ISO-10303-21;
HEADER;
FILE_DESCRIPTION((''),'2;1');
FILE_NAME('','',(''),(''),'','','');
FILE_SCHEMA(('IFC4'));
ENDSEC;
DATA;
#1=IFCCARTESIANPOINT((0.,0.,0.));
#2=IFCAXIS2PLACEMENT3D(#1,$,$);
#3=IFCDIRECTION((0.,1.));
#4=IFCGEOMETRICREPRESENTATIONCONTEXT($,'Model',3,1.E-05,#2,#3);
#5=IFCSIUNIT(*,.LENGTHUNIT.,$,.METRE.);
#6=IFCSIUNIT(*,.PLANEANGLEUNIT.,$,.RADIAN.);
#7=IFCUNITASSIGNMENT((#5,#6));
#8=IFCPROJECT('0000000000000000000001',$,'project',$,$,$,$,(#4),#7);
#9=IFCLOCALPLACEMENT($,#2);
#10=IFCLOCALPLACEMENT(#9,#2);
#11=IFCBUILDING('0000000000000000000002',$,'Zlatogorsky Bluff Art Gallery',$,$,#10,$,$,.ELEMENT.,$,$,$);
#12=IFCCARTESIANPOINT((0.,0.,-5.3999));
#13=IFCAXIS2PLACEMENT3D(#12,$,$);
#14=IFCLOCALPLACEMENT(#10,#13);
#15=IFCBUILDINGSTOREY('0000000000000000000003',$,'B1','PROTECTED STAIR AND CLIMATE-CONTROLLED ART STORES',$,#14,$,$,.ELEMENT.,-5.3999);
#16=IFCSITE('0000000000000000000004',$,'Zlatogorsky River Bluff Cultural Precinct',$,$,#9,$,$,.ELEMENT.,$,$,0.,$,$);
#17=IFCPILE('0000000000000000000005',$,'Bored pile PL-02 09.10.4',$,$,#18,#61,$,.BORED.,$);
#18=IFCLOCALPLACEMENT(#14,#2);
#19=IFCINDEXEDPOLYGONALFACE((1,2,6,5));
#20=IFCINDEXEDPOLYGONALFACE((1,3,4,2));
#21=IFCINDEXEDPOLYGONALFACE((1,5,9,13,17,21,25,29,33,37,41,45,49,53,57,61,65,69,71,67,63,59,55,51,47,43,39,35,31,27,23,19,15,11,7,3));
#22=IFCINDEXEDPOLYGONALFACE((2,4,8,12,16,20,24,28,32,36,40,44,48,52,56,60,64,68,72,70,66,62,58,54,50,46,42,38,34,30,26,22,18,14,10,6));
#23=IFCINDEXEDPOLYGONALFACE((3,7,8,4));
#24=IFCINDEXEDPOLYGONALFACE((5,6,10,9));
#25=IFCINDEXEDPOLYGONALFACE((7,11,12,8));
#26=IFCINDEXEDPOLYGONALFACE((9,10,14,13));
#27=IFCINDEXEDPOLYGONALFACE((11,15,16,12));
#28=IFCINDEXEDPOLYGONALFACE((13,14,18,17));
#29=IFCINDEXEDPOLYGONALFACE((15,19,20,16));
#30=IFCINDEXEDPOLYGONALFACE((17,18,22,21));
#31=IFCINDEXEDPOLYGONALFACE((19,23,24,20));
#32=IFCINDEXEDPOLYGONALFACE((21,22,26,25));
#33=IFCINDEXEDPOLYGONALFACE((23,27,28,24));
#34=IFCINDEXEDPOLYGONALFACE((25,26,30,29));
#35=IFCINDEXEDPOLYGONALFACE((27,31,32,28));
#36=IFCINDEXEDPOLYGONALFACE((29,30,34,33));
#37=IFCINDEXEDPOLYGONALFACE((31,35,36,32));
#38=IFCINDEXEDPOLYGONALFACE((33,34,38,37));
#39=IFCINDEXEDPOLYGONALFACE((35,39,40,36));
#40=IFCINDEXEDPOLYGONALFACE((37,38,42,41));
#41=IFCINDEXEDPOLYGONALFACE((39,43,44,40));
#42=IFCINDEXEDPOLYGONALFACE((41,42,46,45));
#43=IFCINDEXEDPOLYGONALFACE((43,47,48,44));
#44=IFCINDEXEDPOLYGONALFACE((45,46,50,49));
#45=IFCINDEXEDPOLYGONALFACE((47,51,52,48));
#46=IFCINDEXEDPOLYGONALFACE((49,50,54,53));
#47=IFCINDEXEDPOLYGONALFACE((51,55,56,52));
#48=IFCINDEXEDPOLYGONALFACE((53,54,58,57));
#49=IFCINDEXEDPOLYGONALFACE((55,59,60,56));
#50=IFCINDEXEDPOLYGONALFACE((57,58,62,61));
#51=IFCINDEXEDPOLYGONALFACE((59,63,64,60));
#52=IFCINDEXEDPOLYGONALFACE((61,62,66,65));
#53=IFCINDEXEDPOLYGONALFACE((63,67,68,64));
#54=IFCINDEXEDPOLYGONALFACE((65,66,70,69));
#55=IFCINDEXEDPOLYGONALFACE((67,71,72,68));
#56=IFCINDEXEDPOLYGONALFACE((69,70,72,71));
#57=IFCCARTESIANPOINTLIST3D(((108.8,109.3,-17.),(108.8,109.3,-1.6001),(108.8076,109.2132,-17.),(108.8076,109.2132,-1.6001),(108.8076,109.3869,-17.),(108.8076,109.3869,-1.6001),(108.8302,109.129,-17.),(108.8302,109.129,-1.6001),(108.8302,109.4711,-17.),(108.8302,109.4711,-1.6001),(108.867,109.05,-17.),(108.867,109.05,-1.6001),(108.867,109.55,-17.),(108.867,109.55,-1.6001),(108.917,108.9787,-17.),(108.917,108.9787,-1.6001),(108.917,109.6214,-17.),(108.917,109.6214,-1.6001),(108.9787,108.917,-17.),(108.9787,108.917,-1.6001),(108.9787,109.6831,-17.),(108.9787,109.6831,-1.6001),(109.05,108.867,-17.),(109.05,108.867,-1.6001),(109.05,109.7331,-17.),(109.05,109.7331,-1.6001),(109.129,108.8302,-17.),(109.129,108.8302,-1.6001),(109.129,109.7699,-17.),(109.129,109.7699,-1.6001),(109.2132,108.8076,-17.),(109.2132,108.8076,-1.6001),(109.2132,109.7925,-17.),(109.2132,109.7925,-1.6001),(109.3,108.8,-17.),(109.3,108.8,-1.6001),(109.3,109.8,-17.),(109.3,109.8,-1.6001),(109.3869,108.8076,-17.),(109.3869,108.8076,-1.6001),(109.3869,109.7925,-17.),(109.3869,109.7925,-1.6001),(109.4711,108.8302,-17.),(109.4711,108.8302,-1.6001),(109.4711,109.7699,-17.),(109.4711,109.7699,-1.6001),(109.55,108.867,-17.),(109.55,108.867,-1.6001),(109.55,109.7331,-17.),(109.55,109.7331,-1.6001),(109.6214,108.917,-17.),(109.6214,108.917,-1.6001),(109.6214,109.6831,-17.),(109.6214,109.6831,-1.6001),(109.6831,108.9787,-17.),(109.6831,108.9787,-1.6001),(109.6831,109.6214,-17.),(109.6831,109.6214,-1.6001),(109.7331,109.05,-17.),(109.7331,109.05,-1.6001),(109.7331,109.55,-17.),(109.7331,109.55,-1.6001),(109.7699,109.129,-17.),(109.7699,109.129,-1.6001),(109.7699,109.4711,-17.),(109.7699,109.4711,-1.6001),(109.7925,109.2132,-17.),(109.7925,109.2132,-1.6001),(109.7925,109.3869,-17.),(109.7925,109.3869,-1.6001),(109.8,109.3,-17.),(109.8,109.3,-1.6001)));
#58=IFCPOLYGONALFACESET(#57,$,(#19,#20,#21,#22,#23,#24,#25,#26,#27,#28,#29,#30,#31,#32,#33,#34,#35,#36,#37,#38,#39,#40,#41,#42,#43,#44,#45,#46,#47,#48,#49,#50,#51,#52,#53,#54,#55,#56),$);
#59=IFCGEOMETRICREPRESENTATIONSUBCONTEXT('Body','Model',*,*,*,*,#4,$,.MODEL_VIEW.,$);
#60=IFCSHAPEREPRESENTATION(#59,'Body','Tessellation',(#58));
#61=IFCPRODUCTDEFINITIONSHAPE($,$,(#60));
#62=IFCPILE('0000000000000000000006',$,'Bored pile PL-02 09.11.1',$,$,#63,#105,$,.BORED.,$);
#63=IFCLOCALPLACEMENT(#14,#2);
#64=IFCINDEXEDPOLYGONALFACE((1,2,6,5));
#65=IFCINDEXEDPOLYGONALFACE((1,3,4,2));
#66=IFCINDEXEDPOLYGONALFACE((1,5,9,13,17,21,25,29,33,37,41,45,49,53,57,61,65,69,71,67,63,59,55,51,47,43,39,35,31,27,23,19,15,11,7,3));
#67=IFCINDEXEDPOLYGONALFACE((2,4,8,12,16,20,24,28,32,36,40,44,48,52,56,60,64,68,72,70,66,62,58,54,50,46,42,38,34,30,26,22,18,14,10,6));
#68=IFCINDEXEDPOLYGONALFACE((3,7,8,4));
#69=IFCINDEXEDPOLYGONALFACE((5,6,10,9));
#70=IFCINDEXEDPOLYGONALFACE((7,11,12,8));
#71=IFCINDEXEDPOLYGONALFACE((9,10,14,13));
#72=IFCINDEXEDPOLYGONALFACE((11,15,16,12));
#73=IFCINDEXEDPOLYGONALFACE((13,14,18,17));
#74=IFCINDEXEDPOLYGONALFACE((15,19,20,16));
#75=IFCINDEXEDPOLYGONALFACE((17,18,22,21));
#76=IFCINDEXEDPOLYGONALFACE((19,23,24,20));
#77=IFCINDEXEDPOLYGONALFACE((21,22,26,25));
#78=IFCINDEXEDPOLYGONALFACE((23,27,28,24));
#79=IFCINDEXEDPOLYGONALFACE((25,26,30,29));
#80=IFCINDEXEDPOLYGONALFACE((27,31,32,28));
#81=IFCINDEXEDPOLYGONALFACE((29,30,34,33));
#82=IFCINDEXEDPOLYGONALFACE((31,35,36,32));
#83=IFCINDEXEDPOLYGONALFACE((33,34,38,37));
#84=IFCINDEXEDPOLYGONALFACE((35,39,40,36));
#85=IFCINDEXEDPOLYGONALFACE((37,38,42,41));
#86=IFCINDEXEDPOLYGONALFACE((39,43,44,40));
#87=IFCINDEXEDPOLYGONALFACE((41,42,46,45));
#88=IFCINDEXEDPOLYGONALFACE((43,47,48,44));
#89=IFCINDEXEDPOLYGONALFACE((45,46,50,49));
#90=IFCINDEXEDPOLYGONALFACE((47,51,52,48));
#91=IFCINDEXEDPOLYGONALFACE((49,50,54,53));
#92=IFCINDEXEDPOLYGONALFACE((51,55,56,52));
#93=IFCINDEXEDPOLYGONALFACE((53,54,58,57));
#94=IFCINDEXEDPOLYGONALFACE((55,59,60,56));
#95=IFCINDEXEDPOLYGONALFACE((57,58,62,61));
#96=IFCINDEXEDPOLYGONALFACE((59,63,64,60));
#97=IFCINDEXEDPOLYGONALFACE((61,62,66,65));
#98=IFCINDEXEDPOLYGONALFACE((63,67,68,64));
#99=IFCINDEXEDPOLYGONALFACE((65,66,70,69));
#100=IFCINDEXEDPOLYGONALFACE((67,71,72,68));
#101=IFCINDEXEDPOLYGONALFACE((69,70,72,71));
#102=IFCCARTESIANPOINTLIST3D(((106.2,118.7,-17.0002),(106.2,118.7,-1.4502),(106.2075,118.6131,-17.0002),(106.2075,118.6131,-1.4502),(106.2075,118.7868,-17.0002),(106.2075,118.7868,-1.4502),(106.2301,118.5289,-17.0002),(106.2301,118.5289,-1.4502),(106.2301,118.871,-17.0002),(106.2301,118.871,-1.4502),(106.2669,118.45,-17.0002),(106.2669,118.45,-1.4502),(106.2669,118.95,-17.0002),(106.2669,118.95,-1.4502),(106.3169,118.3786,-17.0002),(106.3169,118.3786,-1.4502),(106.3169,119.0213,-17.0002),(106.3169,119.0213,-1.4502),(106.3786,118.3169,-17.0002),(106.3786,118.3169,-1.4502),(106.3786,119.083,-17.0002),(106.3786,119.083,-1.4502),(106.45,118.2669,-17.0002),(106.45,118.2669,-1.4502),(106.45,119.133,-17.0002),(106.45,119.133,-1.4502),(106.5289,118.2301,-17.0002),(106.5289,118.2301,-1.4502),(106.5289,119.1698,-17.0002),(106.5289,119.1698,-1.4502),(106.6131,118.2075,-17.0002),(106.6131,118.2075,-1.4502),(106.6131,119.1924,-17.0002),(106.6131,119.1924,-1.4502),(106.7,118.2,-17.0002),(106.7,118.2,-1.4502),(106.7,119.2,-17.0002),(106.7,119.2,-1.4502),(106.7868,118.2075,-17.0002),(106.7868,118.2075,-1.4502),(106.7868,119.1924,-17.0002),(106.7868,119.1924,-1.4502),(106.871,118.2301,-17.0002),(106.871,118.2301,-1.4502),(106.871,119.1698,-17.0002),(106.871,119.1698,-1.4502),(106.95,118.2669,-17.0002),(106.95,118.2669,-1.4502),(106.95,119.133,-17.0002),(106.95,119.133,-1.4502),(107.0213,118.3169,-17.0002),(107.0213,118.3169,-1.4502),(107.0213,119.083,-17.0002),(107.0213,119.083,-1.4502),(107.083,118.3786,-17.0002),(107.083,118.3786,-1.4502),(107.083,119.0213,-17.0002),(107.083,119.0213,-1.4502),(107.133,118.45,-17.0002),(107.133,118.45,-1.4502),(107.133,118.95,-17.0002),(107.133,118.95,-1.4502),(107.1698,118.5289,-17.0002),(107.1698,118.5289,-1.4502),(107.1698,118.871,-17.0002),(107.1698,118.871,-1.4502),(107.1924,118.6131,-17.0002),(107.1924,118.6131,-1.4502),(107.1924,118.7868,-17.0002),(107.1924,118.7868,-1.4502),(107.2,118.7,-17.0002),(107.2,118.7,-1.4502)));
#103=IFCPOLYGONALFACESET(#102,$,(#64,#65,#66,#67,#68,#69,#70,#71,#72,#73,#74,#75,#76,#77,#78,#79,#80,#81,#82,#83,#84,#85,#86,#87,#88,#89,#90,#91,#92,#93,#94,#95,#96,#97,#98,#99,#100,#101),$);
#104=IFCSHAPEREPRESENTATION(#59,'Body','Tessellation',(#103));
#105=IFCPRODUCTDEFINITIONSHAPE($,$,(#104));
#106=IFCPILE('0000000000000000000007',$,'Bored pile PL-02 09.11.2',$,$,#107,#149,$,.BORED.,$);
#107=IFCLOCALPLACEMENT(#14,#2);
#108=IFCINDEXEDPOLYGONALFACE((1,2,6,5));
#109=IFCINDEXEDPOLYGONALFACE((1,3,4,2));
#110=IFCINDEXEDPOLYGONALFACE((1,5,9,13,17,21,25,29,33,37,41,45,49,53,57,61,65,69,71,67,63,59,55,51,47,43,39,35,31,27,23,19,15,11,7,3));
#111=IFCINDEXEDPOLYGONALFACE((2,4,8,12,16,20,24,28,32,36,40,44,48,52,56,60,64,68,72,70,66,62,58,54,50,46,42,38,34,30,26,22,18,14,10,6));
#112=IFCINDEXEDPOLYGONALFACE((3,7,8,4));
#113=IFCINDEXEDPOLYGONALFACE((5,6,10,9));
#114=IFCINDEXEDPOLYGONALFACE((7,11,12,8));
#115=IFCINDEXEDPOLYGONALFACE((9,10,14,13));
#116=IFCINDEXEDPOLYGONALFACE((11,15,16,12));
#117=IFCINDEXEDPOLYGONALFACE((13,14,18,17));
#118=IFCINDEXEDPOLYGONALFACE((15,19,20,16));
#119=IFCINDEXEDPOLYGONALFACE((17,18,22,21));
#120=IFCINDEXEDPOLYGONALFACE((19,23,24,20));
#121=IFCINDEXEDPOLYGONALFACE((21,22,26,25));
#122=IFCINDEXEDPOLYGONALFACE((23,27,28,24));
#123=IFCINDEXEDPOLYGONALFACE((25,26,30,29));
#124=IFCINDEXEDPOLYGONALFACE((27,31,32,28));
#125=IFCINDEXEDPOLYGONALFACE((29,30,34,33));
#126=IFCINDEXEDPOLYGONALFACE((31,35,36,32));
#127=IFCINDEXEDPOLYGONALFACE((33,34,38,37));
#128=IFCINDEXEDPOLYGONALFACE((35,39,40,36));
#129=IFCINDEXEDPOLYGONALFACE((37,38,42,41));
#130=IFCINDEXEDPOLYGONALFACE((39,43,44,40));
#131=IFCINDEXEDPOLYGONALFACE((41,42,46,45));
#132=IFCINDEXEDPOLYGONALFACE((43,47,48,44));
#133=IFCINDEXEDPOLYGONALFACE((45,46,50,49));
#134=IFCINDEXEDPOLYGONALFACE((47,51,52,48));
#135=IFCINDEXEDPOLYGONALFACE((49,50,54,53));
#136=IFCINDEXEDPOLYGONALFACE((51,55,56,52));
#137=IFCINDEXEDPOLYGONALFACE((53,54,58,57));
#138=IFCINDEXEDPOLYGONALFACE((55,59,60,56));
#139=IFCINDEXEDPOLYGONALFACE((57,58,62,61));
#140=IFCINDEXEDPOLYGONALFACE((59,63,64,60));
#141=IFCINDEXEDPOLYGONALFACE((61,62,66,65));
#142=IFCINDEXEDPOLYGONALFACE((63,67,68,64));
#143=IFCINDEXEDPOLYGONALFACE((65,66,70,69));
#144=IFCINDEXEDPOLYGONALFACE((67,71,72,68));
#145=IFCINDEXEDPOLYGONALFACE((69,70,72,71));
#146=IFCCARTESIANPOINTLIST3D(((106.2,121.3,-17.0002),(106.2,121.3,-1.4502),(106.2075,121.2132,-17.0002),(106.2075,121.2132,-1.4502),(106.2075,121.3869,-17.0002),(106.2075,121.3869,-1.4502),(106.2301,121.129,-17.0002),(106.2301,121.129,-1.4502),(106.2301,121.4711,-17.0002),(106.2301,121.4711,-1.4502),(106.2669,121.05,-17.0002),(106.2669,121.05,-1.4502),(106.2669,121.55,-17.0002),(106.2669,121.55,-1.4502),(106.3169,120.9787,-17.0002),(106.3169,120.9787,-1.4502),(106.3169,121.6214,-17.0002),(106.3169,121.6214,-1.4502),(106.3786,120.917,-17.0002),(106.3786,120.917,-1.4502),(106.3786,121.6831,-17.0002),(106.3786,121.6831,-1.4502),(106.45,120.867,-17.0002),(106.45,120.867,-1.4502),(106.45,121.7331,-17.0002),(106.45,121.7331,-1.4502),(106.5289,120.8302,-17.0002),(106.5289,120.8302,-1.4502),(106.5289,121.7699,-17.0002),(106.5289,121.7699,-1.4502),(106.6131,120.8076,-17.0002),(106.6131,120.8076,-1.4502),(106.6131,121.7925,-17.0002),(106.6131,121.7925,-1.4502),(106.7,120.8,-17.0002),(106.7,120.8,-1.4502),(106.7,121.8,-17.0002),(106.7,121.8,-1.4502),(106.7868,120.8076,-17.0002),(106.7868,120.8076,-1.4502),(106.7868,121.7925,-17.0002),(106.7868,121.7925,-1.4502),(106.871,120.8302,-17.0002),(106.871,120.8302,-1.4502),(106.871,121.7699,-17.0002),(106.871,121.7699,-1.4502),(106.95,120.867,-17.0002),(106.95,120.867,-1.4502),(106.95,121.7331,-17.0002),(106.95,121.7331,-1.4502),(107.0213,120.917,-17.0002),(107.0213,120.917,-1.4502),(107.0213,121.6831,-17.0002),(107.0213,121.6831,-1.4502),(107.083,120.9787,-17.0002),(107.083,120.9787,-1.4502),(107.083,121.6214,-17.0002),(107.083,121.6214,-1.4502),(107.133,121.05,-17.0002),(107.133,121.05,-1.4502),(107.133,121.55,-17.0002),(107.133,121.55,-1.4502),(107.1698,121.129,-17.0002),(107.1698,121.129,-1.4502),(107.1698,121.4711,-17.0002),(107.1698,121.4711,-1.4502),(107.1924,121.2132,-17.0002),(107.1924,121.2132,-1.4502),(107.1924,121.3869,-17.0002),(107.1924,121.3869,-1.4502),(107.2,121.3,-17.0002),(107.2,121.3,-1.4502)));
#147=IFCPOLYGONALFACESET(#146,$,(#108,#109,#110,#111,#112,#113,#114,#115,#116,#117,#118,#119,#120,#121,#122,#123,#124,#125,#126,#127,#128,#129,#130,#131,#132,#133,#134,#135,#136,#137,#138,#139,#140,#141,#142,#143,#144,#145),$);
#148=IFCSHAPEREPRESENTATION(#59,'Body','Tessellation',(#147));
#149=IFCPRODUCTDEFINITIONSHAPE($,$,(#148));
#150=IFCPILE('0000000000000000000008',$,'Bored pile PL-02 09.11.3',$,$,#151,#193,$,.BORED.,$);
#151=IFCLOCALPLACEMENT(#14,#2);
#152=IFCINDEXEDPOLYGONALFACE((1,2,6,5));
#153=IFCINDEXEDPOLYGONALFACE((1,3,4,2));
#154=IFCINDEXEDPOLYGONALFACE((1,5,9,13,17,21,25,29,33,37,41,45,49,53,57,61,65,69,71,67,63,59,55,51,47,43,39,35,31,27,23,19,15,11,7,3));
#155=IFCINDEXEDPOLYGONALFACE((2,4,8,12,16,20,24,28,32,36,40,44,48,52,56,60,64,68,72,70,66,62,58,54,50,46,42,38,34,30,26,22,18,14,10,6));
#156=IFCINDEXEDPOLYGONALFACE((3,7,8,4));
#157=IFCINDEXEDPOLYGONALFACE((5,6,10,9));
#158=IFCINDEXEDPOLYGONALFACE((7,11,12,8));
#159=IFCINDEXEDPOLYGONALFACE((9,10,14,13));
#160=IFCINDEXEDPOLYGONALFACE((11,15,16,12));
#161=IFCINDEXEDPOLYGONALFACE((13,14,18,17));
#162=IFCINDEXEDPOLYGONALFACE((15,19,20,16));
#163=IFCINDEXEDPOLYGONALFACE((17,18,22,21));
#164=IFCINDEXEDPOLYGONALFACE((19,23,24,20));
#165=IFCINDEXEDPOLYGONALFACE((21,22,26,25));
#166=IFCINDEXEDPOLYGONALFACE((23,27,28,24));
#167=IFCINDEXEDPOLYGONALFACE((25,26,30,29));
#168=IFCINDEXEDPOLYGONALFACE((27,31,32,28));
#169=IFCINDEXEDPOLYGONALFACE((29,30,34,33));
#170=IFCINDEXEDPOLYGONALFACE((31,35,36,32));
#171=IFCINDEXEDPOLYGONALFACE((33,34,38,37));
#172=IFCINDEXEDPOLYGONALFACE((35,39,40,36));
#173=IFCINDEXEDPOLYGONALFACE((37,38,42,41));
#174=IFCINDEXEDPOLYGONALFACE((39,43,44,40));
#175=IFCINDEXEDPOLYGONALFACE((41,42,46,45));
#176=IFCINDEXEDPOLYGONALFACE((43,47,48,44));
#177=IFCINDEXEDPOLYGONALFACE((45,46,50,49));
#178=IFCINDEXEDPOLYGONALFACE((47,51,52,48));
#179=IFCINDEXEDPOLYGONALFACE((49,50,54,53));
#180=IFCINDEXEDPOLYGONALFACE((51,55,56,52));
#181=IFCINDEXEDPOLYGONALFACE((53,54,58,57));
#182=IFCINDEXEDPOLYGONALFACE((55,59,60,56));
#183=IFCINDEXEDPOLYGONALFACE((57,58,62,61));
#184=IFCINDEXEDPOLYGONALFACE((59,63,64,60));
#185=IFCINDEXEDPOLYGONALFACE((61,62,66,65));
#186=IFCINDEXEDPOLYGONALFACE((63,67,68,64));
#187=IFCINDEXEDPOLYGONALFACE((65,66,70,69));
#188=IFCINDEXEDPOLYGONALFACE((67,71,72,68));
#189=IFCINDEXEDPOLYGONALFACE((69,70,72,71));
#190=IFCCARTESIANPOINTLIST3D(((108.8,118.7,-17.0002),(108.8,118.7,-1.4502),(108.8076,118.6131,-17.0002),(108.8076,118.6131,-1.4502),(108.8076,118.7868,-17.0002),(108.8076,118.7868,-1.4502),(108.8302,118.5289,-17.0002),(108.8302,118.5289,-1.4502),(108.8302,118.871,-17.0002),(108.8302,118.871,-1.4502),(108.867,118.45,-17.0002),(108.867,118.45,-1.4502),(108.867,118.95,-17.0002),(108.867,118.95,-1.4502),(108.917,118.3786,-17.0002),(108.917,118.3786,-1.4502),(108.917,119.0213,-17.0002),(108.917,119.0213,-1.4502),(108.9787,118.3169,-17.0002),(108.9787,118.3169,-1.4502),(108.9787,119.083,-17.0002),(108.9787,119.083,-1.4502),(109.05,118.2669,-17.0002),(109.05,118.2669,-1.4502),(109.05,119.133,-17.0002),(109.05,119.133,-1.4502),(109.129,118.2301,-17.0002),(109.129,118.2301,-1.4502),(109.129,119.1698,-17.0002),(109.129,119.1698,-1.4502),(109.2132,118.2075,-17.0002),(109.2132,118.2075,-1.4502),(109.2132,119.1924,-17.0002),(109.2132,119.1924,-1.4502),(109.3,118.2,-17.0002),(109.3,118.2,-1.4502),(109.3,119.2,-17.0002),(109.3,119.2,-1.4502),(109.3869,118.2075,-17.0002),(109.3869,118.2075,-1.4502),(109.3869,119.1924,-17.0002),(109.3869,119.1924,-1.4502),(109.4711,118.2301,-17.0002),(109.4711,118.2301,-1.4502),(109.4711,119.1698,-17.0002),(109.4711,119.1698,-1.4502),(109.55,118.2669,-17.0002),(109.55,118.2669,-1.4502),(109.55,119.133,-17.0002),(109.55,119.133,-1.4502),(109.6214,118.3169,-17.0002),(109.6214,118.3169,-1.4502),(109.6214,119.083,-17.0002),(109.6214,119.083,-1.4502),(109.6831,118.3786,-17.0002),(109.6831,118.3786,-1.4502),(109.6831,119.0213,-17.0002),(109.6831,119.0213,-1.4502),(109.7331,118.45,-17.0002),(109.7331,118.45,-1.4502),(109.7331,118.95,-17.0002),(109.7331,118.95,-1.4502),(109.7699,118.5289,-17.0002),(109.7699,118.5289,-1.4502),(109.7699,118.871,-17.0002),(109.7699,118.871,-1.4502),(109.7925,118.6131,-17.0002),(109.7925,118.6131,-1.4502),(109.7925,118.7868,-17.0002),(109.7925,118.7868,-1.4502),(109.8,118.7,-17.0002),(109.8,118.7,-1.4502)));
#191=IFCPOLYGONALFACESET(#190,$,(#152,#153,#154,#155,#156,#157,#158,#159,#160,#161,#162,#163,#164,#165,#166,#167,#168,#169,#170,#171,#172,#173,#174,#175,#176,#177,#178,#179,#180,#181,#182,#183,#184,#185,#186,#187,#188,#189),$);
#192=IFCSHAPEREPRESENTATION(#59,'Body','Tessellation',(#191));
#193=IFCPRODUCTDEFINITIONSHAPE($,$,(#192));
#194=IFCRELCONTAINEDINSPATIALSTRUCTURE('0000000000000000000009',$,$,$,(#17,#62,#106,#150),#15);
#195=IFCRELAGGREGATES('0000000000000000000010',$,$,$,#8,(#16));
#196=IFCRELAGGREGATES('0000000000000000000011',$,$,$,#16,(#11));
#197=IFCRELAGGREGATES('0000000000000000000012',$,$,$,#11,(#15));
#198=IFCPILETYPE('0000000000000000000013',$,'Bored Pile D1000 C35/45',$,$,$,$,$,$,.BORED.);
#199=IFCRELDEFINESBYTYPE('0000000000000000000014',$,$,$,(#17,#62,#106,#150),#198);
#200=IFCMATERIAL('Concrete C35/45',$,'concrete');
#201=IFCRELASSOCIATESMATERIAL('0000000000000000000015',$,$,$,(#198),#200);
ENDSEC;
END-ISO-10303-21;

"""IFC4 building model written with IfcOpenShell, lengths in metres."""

from ifc_helpers import new_model, si_unit, direction, frame, origin, origin_2d, place, context, subcontext, project, spatial, circle, extrude, material, material_profile, profile_set, type_object, element, save


model = new_model("IFC4")

# Units and contexts
model_context = context("Model", 3, precision=1e-05, world=origin(), true_north=direction((0.0, 1.0)))
body_context = subcontext(model_context, "Body", "Model", "MODEL_VIEW")
ifc_project = project(units=[si_unit("LENGTHUNIT", "METRE"), si_unit("PLANEANGLEUNIT", "RADIAN")], contexts=[model_context])

# Site, building, storey
site_placement = place(None, origin())
site = spatial("IfcSite", under=ifc_project, at=site_placement, Name="Zlatogorsky River Bluff Cultural Precinct", CompositionType="ELEMENT", RefElevation=0.0)
building_placement = place(site_placement, origin())
building = spatial("IfcBuilding", under=site, at=building_placement, Name="Zlatogorsky Bluff Art Gallery", CompositionType="ELEMENT")
storey_placement = place(building_placement, frame((0.0, 0.0, -5.3999)))
storey = spatial("IfcBuildingStorey", under=building, at=storey_placement, Name="B1", Description="PROTECTED STAIR AND CLIMATE-CONTROLLED ART STORES", CompositionType="ELEMENT", Elevation=-5.3999)

# Piles
ifc_material_1 = material(Name="Concrete C35/45", Category="concrete")
ifc_material_profile_1 = material_profile(ifc_material_1, circle(Radius=0.5, at=origin_2d()), Name="BORED PILE D1000")
ifc_profile_set_1 = profile_set([ifc_material_profile_1], Name="Concrete C35/45")
pile_type = type_object("IfcPileType", Name="Bored Pile D1000 C35/45", PredefinedType="BORED", material=ifc_profile_set_1)
for number, where, z_axis, x_axis, name in (
    (1, (109.3, 109.3, -1.6001), (0.0, 0.0, -1.0), (1.0, 0.0, 0.0), "Bored pile PL-02 09.10.4"),
):
    element("IfcPile", number, at=place(storey_placement, frame(where, z_axis=z_axis, x_axis=x_axis)), inside=storey, type_object=pile_type, Name=name, PredefinedType="BORED", context=body_context, shape_type="SweptSolid", body=[
        extrude(circle(Radius=0.5, at=origin_2d()), origin(), (0.0, 0.0, 1.0), 15.3999),
    ])
for number, where, z_axis, x_axis, name in (
    (2, (106.7, 118.7, -1.4502), (0.0, 0.0, -1.0), (1.0, 0.0, 0.0), "Bored pile PL-02 09.11.1"),
    (3, (106.7, 121.3, -1.4502), (0.0, 0.0, -1.0), (1.0, 0.0, 0.0), "Bored pile PL-02 09.11.2"),
    (4, (109.3, 118.7, -1.4502), (0.0, 0.0, -1.0), (1.0, 0.0, 0.0), "Bored pile PL-02 09.11.3"),
):
    element("IfcPile", number, at=place(storey_placement, frame(where, z_axis=z_axis, x_axis=x_axis)), inside=storey, type_object=pile_type, Name=name, PredefinedType="BORED", context=body_context, shape_type="SweptSolid", body=[
        extrude(circle(Radius=0.5, at=origin_2d()), origin(), (0.0, 0.0, 1.0), 15.55),
    ])

save(model, "model.ifc")
